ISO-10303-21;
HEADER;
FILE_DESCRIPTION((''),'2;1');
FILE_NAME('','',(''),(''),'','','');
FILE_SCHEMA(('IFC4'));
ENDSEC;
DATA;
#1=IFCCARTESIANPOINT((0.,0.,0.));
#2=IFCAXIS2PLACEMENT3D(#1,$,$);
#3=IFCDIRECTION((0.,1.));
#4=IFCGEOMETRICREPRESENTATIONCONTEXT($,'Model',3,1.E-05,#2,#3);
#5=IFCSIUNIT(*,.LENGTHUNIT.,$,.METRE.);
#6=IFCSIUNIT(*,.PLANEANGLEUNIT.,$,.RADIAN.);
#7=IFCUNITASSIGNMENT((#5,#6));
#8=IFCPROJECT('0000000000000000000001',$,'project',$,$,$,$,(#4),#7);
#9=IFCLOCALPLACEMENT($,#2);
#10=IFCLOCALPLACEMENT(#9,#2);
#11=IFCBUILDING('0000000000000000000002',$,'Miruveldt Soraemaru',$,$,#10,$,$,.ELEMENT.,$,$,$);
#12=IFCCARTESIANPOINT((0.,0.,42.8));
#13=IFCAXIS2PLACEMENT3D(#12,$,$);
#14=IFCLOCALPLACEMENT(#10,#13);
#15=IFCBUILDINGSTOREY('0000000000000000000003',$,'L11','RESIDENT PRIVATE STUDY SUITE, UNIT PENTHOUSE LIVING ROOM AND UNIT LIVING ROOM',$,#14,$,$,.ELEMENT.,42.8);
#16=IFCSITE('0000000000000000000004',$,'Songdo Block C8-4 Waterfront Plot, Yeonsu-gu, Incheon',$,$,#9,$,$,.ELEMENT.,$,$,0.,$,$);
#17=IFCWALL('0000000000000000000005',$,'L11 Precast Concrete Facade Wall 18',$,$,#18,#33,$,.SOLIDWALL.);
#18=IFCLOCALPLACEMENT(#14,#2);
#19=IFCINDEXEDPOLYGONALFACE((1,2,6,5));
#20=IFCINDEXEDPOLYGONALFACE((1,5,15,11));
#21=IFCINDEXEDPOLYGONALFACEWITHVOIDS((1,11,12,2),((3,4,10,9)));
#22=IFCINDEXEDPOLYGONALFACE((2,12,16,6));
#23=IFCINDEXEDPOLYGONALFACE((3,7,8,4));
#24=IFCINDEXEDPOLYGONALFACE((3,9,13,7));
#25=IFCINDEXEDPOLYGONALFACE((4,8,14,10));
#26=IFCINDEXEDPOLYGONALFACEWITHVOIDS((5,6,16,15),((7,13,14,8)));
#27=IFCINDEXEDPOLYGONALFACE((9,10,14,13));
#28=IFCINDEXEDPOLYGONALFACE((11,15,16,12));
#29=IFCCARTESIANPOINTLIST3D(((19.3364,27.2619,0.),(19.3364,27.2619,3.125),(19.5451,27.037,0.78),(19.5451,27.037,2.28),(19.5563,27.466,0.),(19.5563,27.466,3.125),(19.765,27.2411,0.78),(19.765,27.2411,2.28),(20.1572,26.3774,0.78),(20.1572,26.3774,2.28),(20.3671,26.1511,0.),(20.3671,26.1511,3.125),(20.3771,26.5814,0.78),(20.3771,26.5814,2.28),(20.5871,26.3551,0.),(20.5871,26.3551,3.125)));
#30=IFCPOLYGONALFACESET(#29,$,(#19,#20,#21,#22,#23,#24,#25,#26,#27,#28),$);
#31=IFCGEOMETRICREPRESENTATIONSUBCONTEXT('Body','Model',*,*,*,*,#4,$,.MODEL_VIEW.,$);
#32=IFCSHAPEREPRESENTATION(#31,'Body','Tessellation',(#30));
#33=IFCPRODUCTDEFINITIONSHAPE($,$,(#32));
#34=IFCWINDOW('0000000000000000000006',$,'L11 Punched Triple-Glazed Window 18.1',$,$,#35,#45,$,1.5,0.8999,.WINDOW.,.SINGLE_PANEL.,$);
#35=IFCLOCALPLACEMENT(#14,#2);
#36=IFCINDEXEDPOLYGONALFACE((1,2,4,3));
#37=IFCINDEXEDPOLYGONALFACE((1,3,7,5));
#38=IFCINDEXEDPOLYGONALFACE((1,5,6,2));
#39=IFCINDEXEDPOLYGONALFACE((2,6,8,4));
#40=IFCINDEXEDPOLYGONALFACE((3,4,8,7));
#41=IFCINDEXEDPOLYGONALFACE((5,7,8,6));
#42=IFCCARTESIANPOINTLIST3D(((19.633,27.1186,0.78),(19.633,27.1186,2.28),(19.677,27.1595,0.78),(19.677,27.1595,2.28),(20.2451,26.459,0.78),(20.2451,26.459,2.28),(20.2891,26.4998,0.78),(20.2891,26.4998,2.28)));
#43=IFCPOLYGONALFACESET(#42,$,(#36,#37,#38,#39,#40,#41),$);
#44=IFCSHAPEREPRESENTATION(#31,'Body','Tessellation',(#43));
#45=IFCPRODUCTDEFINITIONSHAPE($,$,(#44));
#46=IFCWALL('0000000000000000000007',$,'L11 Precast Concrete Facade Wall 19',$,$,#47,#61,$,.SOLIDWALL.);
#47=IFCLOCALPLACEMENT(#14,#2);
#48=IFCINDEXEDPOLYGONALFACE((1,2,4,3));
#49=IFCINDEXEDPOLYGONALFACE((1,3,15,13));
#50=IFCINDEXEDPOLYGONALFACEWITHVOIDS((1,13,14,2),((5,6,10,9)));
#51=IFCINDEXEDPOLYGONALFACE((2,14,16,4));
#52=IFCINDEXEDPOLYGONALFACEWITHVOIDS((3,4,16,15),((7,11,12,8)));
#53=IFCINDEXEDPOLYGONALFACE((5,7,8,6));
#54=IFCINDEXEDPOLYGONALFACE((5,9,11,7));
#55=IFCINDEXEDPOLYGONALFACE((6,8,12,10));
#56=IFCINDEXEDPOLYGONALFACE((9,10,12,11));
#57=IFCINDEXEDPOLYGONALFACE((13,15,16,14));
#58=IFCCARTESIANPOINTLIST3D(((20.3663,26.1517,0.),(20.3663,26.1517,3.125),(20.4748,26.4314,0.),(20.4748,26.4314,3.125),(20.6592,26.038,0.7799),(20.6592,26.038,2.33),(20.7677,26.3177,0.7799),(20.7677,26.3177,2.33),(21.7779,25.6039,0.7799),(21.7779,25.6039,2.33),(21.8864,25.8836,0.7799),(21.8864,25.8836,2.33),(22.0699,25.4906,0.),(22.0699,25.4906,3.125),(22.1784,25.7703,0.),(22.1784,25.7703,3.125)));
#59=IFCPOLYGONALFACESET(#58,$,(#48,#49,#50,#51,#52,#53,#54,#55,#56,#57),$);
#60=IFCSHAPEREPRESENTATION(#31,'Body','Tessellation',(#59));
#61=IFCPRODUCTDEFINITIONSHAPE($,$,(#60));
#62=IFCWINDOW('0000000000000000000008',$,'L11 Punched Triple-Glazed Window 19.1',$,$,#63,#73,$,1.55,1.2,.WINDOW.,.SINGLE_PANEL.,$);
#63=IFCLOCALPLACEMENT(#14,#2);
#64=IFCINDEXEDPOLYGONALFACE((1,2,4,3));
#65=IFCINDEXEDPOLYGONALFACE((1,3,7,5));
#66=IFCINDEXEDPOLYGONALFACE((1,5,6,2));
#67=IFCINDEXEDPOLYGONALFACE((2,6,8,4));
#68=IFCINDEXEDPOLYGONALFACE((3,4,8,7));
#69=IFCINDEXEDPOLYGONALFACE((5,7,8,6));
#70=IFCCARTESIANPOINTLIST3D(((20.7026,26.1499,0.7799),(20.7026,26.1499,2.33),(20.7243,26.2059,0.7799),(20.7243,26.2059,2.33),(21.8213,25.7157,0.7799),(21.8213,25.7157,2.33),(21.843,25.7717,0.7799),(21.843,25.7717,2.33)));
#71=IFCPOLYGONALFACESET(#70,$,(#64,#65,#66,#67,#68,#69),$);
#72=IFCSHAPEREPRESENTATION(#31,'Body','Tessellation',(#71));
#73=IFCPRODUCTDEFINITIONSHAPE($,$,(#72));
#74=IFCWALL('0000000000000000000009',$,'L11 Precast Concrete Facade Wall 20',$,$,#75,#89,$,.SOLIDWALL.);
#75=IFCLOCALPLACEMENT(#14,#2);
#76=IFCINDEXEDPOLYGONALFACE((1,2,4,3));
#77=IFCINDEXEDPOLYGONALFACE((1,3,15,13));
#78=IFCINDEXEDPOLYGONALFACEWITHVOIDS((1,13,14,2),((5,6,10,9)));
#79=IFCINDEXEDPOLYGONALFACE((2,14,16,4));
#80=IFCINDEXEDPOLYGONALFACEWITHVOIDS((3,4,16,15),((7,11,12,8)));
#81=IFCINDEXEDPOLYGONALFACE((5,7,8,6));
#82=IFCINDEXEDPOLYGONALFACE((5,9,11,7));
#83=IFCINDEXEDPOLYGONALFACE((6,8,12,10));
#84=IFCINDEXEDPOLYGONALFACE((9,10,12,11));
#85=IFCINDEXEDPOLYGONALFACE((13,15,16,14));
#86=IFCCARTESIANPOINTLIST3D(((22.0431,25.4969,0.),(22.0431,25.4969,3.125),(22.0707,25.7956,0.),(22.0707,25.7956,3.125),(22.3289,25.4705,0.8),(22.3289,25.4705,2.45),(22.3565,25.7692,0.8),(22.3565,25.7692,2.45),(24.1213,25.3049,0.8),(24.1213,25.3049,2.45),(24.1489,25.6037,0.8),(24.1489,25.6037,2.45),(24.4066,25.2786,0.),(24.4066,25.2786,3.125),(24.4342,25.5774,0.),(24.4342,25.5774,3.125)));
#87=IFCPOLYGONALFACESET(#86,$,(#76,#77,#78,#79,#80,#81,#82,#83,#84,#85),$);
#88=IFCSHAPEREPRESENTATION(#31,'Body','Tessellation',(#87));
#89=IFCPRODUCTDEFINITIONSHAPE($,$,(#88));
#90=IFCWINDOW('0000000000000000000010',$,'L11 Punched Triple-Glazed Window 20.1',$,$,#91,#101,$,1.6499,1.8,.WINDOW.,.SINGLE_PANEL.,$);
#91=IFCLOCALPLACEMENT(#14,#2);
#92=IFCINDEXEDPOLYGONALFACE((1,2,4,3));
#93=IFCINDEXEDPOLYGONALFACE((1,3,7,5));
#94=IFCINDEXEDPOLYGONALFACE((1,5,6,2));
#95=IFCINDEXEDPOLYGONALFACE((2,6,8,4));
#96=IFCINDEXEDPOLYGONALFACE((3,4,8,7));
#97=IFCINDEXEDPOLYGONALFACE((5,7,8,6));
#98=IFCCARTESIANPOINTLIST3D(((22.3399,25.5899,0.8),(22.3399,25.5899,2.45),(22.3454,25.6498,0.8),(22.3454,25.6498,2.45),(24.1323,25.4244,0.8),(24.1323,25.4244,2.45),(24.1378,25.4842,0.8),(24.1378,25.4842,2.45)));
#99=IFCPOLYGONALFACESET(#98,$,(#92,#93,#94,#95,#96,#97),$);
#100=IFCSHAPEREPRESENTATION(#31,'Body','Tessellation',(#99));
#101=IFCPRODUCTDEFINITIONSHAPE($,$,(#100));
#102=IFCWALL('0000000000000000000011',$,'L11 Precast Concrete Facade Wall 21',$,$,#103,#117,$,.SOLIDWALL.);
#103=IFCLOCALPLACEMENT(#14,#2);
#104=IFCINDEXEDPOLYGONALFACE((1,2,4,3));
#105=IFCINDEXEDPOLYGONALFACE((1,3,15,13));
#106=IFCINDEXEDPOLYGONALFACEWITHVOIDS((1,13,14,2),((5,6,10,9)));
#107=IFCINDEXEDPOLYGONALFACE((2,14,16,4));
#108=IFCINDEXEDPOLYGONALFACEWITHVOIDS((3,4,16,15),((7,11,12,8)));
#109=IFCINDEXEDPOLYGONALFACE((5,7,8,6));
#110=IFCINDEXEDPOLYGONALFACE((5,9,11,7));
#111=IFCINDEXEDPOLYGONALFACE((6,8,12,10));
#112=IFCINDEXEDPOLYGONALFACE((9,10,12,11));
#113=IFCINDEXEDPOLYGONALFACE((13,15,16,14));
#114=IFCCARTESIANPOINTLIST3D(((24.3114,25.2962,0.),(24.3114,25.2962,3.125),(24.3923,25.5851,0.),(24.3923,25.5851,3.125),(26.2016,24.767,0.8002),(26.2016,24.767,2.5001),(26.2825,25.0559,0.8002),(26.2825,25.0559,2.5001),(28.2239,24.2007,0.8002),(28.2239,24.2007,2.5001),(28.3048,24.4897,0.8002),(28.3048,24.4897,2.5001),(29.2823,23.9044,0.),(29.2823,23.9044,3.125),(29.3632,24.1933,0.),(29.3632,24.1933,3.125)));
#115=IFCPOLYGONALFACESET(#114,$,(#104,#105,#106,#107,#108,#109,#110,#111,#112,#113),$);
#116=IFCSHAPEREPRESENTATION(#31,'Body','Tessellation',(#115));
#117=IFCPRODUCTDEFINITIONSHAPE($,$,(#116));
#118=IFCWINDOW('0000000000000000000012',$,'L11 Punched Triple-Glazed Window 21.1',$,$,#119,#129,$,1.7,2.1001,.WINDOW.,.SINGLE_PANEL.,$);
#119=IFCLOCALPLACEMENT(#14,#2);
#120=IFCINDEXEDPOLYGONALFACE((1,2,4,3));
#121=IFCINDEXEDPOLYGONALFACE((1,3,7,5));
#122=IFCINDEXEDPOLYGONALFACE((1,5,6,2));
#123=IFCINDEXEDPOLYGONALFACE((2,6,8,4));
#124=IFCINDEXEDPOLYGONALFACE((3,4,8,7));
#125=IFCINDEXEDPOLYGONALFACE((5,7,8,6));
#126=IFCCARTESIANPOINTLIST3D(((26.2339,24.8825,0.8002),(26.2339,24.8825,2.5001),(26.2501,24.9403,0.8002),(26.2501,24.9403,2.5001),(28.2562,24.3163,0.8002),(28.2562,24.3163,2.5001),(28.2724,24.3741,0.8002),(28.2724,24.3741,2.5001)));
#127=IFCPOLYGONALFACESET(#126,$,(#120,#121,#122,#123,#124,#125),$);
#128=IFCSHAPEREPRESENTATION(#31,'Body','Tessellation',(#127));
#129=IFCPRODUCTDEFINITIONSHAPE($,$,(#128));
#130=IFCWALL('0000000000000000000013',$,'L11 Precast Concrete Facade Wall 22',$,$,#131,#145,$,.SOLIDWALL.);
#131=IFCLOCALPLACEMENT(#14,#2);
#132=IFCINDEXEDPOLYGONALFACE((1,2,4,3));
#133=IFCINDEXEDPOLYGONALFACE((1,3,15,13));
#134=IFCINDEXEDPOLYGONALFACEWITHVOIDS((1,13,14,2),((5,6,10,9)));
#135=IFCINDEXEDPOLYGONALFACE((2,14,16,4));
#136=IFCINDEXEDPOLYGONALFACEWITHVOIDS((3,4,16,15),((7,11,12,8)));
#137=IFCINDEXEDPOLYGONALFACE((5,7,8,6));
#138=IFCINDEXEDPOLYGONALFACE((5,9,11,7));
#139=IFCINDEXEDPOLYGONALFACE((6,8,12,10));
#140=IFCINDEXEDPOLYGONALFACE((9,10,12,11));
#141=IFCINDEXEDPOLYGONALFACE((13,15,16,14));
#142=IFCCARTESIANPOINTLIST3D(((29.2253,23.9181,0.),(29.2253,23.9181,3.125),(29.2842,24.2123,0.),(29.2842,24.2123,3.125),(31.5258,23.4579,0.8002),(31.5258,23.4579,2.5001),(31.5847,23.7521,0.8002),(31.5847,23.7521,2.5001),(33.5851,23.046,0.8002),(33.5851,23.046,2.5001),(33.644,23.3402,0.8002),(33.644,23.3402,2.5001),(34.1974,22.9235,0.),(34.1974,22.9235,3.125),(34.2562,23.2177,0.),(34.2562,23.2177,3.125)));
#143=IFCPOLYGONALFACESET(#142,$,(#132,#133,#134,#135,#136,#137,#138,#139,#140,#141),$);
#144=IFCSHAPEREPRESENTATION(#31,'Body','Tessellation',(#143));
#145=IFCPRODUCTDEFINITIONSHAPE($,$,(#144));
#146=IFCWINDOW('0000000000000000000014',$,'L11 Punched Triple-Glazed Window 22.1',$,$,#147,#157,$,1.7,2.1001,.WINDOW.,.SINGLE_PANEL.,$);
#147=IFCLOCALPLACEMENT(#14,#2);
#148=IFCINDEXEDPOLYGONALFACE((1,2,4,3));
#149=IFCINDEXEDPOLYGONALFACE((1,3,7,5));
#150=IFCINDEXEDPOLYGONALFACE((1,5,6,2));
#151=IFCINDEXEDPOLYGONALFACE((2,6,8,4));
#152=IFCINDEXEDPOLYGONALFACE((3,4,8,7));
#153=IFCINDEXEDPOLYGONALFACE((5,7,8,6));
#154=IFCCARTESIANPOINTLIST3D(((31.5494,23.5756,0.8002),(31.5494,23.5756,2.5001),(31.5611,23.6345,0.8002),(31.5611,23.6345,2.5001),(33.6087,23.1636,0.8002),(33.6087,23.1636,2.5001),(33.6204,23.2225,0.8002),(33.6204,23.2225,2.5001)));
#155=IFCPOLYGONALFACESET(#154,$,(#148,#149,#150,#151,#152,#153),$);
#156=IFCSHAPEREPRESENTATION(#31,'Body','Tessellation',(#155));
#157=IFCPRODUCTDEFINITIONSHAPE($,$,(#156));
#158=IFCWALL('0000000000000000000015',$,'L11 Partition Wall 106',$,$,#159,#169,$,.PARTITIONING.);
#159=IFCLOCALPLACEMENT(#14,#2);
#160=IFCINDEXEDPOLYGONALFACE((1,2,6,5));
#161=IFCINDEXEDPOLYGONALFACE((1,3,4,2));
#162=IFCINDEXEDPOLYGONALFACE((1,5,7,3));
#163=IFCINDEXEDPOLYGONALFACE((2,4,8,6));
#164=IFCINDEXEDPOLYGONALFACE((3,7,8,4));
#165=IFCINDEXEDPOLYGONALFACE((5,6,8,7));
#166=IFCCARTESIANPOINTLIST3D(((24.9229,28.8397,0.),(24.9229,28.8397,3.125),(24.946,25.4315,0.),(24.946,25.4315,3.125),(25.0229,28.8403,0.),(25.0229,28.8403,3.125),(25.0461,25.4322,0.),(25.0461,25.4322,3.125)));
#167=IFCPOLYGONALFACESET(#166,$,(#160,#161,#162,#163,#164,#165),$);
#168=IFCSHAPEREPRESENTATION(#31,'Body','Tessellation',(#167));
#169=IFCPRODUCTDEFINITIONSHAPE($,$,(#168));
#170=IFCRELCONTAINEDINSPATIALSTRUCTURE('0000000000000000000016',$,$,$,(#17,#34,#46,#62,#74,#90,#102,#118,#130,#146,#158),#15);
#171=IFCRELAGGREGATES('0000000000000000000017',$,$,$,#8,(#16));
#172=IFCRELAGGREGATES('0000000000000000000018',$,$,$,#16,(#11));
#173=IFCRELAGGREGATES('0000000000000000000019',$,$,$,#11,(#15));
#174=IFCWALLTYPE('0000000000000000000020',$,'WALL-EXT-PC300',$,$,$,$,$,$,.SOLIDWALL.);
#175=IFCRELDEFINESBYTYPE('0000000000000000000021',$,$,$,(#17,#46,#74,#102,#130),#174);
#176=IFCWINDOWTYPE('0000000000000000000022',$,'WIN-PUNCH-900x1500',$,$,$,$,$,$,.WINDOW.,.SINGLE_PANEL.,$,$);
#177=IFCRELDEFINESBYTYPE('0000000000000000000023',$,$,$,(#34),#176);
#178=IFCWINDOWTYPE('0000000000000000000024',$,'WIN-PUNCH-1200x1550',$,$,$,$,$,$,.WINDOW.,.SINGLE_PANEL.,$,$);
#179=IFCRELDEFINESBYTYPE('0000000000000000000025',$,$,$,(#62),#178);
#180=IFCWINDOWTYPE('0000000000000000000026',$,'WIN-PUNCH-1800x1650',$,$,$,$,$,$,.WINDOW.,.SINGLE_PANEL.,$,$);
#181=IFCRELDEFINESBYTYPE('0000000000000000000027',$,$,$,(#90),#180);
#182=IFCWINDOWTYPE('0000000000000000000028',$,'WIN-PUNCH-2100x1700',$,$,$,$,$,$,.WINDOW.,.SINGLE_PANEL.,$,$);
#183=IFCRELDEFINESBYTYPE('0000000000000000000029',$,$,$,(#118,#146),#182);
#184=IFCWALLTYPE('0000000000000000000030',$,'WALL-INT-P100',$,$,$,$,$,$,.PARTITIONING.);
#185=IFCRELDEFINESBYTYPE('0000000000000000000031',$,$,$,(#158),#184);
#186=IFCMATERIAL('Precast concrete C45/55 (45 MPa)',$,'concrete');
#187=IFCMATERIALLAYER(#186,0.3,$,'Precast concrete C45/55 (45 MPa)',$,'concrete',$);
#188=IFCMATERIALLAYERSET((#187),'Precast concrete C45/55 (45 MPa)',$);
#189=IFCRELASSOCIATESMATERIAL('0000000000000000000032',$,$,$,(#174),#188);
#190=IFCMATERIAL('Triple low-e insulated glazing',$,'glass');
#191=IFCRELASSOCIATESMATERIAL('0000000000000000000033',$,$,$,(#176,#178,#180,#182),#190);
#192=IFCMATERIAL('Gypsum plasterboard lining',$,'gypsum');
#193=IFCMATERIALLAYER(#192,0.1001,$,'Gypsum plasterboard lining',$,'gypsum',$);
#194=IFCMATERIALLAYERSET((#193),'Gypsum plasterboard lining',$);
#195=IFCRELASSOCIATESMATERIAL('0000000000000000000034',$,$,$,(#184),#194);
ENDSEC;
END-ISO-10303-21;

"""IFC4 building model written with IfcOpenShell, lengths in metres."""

from ifc_helpers import new_model, si_unit, direction, frame, frame_2d, origin, place, context, subcontext, project, spatial, rectangle, extrude, material, layer, layer_set, type_object, element, fill, save


model = new_model("IFC4")

# Units and contexts
model_context = context("Model", 3, precision=1e-05, world=origin(), true_north=direction((0.0, 1.0)))
body_context = subcontext(model_context, "Body", "Model", "MODEL_VIEW")
ifc_project = project(units=[si_unit("LENGTHUNIT", "METRE"), si_unit("PLANEANGLEUNIT", "RADIAN")], contexts=[model_context])

# Site, building, storey
site_placement = place(None, origin())
site = spatial("IfcSite", under=ifc_project, at=site_placement, Name="Songdo Block C8-4 Waterfront Plot, Yeonsu-gu, Incheon", CompositionType="ELEMENT", RefElevation=0.0)
building_placement = place(site_placement, origin())
building = spatial("IfcBuilding", under=site, at=building_placement, Name="Miruveldt Soraemaru", CompositionType="ELEMENT")
storey_placement = place(building_placement, frame((0.0, 0.0, 42.8)))
storey = spatial("IfcBuildingStorey", under=building, at=storey_placement, Name="L11", Description="RESIDENT PRIVATE STUDY SUITE, UNIT PENTHOUSE LIVING ROOM AND UNIT LIVING ROOM", CompositionType="ELEMENT", Elevation=42.8)

# Walls, openings, windows
ifc_material_1 = material(Name="Precast concrete C45/55 (45 MPa)", Category="concrete")
ifc_layer_1 = layer(ifc_material_1, 0.3, Name="Precast concrete C45/55 (45 MPa)", Category="concrete")
ifc_layer_set_1 = layer_set([ifc_layer_1], Name="Precast concrete C45/55 (45 MPa)")
wall_type_1 = type_object("IfcWallType", Name="WALL-EXT-PC300", PredefinedType="SOLIDWALL", material=ifc_layer_set_1)
ifc_material_2 = material(Name="Triple low-e insulated glazing", Category="glass")
window_type_1 = type_object("IfcWindowType", Name="WIN-PUNCH-900x1500", PartitioningType="SINGLE_PANEL", PredefinedType="WINDOW", material=ifc_material_2)
wall_1_placement = place(storey_placement, frame((19.4463, 27.364, 0.0), z_axis=(0.0, 0.0, 1.0), x_axis=(0.680192, -0.733034, 0.0)))
wall_1 = element("IfcWall", 1, at=wall_1_placement, inside=storey, type_object=wall_type_1, Name="L11 Precast Concrete Facade Wall 18", PredefinedType="SOLIDWALL", context=body_context, shape_type="SweptSolid", body=[
    extrude(rectangle(XDim=1.5154, YDim=0.3, at=frame_2d((0.7578, 0.0))), origin(), (0.0, 0.0, 1.0), 3.125),
])
opening_1_placement = place(wall_1_placement, frame((0.3069, 0.0, 0.78)))
opening_1 = element("IfcOpeningElement", 2, at=opening_1_placement, cuts=wall_1, PredefinedType="OPENING", context=body_context, shape_type="SweptSolid", body=[
    extrude(rectangle(XDim=0.8999, YDim=1.5, at=frame_2d((0.45, 0.75))), frame((0.0, 0.1602, 0.0), z_axis=(0.0, -1.0, 0.0), x_axis=(1.0, 0.0, 0.0)), (0.0, 0.0, 1.0), 0.3201),
])
window_1_placement = place(opening_1_placement, origin())
window_1 = element("IfcWindow", 3, at=window_1_placement, inside=storey, type_object=window_type_1, Name="L11 Punched Triple-Glazed Window 18.1", OverallHeight=1.5, OverallWidth=0.8999, PartitioningType="SINGLE_PANEL", PredefinedType="WINDOW", context=body_context, shape_type="SweptSolid", body=[
    extrude(rectangle(XDim=0.8999, YDim=1.5, at=frame_2d((0.45, 0.75))), frame((0.0, 0.03, 0.0), z_axis=(0.0, -1.0, 0.0), x_axis=(1.0, 0.0, 0.0)), (0.0, 0.0, 1.0), 0.0601),
])
fill(opening_1, window_1)
wall_2_placement = place(storey_placement, frame((20.4207, 26.2915, 0.0), z_axis=(0.0, 0.0, 1.0), x_axis=(0.93226, -0.361789, 0.0)))
wall_2 = element("IfcWall", 4, at=wall_2_placement, inside=storey, type_object=wall_type_1, Name="L11 Precast Concrete Facade Wall 19", PredefinedType="SOLIDWALL", context=body_context, shape_type="SweptSolid", body=[
    extrude(rectangle(XDim=1.8274, YDim=0.3, at=frame_2d((0.9136, 0.0))), origin(), (0.0, 0.0, 1.0), 3.125),
])
opening_2_placement = place(wall_2_placement, frame((0.314, 0.0, 0.78)))
opening_2 = element("IfcOpeningElement", 5, at=opening_2_placement, cuts=wall_2, PredefinedType="OPENING", context=body_context, shape_type="SweptSolid", body=[
    extrude(rectangle(XDim=1.2, YDim=1.55, at=frame_2d((0.6001, 0.7749))), frame((0.0, 0.1602, 0.0), z_axis=(0.0, -1.0, 0.0), x_axis=(1.0, 0.0, 0.0)), (0.0, 0.0, 1.0), 0.3201),
])
window_type_2 = type_object("IfcWindowType", Name="WIN-PUNCH-1200x1550", PartitioningType="SINGLE_PANEL", PredefinedType="WINDOW", material=ifc_material_2)
window_2_placement = place(opening_2_placement, origin())
window_2 = element("IfcWindow", 6, at=window_2_placement, inside=storey, type_object=window_type_2, Name="L11 Punched Triple-Glazed Window 19.1", OverallHeight=1.55, OverallWidth=1.2, PartitioningType="SINGLE_PANEL", PredefinedType="WINDOW", context=body_context, shape_type="SweptSolid", body=[
    extrude(rectangle(XDim=1.2, YDim=1.55, at=frame_2d((0.6001, 0.7749))), frame((0.0, 0.03, 0.0), z_axis=(0.0, -1.0, 0.0), x_axis=(1.0, 0.0, 0.0)), (0.0, 0.0, 1.0), 0.0601),
])
fill(opening_2, window_2)
wall_3_placement = place(storey_placement, frame((22.0569, 25.6462, 0.0), z_axis=(0.0, 0.0, 1.0), x_axis=(0.995763, -0.091955, 0.0)))
wall_3 = element("IfcWall", 7, at=wall_3_placement, inside=storey, type_object=wall_type_1, Name="L11 Precast Concrete Facade Wall 20", PredefinedType="SOLIDWALL", context=body_context, shape_type="SweptSolid", body=[
    extrude(rectangle(XDim=2.3735, YDim=0.3, at=frame_2d((1.1868, 0.0))), origin(), (0.0, 0.0, 1.0), 3.125),
])
opening_3_placement = place(wall_3_placement, frame((0.2871, 0.0, 0.8)))
opening_3 = element("IfcOpeningElement", 8, at=opening_3_placement, cuts=wall_3, PredefinedType="OPENING", context=body_context, shape_type="SweptSolid", body=[
    extrude(rectangle(XDim=1.8, YDim=1.6499, at=frame_2d((0.8999, 0.825))), frame((0.0, 0.1602, 0.0), z_axis=(0.0, -1.0, 0.0), x_axis=(1.0, 0.0, 0.0)), (0.0, 0.0, 1.0), 0.3201),
])
window_type_3 = type_object("IfcWindowType", Name="WIN-PUNCH-1800x1650", PartitioningType="SINGLE_PANEL", PredefinedType="WINDOW", material=ifc_material_2)
window_3_placement = place(opening_3_placement, origin())
window_3 = element("IfcWindow", 9, at=window_3_placement, inside=storey, type_object=window_type_3, Name="L11 Punched Triple-Glazed Window 20.1", OverallHeight=1.6499, OverallWidth=1.8, PartitioningType="SINGLE_PANEL", PredefinedType="WINDOW", context=body_context, shape_type="SweptSolid", body=[
    extrude(rectangle(XDim=1.8, YDim=1.6499, at=frame_2d((0.8999, 0.825))), frame((0.0, 0.03, 0.0), z_axis=(0.0, -1.0, 0.0), x_axis=(1.0, 0.0, 0.0)), (0.0, 0.0, 1.0), 0.0601),
])
fill(opening_3, window_3)
wall_4_placement = place(storey_placement, frame((24.3518, 25.4407, 0.0), z_axis=(0.0, 0.0, 1.0), x_axis=(0.962965, -0.269626, 0.0)))
wall_4 = element("IfcWall", 10, at=wall_4_placement, inside=storey, type_object=wall_type_1, Name="L11 Precast Concrete Facade Wall 21", PredefinedType="SOLIDWALL", context=body_context, shape_type="SweptSolid", body=[
    extrude(rectangle(XDim=5.1621, YDim=0.3, at=frame_2d((2.5811, 0.0))), origin(), (0.0, 0.0, 1.0), 3.125),
])
opening_4_placement = place(wall_4_placement, frame((1.9629, 0.0, 0.8)))
opening_4 = element("IfcOpeningElement", 11, at=opening_4_placement, cuts=wall_4, PredefinedType="OPENING", context=body_context, shape_type="SweptSolid", body=[
    extrude(rectangle(XDim=2.1001, YDim=1.7, at=frame_2d((1.05, 0.8501))), frame((0.0, 0.1602, 0.0), z_axis=(0.0, -1.0, 0.0), x_axis=(1.0, 0.0, 0.0)), (0.0, 0.0, 1.0), 0.3201),
])
window_type_4 = type_object("IfcWindowType", Name="WIN-PUNCH-2100x1700", PartitioningType="SINGLE_PANEL", PredefinedType="WINDOW", material=ifc_material_2)
window_4_placement = place(opening_4_placement, origin())
window_4 = element("IfcWindow", 12, at=window_4_placement, inside=storey, type_object=window_type_4, Name="L11 Punched Triple-Glazed Window 21.1", OverallHeight=1.7, OverallWidth=2.1001, PartitioningType="SINGLE_PANEL", PredefinedType="WINDOW", context=body_context, shape_type="SweptSolid", body=[
    extrude(rectangle(XDim=2.1001, YDim=1.7, at=frame_2d((1.05, 0.8501))), frame((0.0, 0.03, 0.0), z_axis=(0.0, -1.0, 0.0), x_axis=(1.0, 0.0, 0.0)), (0.0, 0.0, 1.0), 0.0601),
])
fill(opening_4, window_4)
wall_5_placement = place(storey_placement, frame((29.2549, 24.0652, 0.0), z_axis=(0.0, 0.0, 1.0), x_axis=(0.980573, -0.196153, 0.0)))
wall_5 = element("IfcWall", 13, at=wall_5_placement, inside=storey, type_object=wall_type_1, Name="L11 Precast Concrete Facade Wall 22", PredefinedType="SOLIDWALL", context=body_context, shape_type="SweptSolid", body=[
    extrude(rectangle(XDim=5.0706, YDim=0.3, at=frame_2d((2.5352, 0.0))), origin(), (0.0, 0.0, 1.0), 3.125),
])
opening_5_placement = place(wall_5_placement, frame((2.3459, 0.0, 0.8)))
opening_5 = element("IfcOpeningElement", 14, at=opening_5_placement, cuts=wall_5, PredefinedType="OPENING", context=body_context, shape_type="SweptSolid", body=[
    extrude(rectangle(XDim=2.1001, YDim=1.7, at=frame_2d((1.05, 0.8501))), frame((0.0, 0.1602, 0.0), z_axis=(0.0, -1.0, 0.0), x_axis=(1.0, 0.0, 0.0)), (0.0, 0.0, 1.0), 0.3201),
])
window_5_placement = place(opening_5_placement, origin())
window_5 = element("IfcWindow", 15, at=window_5_placement, inside=storey, type_object=window_type_4, Name="L11 Punched Triple-Glazed Window 22.1", OverallHeight=1.7, OverallWidth=2.1001, PartitioningType="SINGLE_PANEL", PredefinedType="WINDOW", context=body_context, shape_type="SweptSolid", body=[
    extrude(rectangle(XDim=2.1001, YDim=1.7, at=frame_2d((1.05, 0.8501))), frame((0.0, 0.03, 0.0), z_axis=(0.0, -1.0, 0.0), x_axis=(1.0, 0.0, 0.0)), (0.0, 0.0, 1.0), 0.0601),
])
fill(opening_5, window_5)

# Wall
ifc_material_3 = material(Name="Gypsum plasterboard lining", Category="gypsum")
ifc_layer_2 = layer(ifc_material_3, 0.1001, Name="Gypsum plasterboard lining", Category="gypsum")
ifc_layer_set_2 = layer_set([ifc_layer_2], Name="Gypsum plasterboard lining")
wall_type_2 = type_object("IfcWallType", Name="WALL-INT-P100", PredefinedType="PARTITIONING", material=ifc_layer_set_2)
wall_6_placement = place(storey_placement, frame((24.9961, 25.4319, 0.0), z_axis=(0.0, 0.0, 1.0), x_axis=(-0.006805, 0.999977, 0.0)))
element("IfcWall", 16, at=wall_6_placement, inside=storey, type_object=wall_type_2, Name="L11 Partition Wall 106", PredefinedType="PARTITIONING", context=body_context, shape_type="SweptSolid", body=[
    extrude(rectangle(XDim=3.4082, YDim=0.1001, at=frame_2d((1.7041, 0.0))), origin(), (0.0, 0.0, 1.0), 3.125),
])

save(model, "model.ifc")
